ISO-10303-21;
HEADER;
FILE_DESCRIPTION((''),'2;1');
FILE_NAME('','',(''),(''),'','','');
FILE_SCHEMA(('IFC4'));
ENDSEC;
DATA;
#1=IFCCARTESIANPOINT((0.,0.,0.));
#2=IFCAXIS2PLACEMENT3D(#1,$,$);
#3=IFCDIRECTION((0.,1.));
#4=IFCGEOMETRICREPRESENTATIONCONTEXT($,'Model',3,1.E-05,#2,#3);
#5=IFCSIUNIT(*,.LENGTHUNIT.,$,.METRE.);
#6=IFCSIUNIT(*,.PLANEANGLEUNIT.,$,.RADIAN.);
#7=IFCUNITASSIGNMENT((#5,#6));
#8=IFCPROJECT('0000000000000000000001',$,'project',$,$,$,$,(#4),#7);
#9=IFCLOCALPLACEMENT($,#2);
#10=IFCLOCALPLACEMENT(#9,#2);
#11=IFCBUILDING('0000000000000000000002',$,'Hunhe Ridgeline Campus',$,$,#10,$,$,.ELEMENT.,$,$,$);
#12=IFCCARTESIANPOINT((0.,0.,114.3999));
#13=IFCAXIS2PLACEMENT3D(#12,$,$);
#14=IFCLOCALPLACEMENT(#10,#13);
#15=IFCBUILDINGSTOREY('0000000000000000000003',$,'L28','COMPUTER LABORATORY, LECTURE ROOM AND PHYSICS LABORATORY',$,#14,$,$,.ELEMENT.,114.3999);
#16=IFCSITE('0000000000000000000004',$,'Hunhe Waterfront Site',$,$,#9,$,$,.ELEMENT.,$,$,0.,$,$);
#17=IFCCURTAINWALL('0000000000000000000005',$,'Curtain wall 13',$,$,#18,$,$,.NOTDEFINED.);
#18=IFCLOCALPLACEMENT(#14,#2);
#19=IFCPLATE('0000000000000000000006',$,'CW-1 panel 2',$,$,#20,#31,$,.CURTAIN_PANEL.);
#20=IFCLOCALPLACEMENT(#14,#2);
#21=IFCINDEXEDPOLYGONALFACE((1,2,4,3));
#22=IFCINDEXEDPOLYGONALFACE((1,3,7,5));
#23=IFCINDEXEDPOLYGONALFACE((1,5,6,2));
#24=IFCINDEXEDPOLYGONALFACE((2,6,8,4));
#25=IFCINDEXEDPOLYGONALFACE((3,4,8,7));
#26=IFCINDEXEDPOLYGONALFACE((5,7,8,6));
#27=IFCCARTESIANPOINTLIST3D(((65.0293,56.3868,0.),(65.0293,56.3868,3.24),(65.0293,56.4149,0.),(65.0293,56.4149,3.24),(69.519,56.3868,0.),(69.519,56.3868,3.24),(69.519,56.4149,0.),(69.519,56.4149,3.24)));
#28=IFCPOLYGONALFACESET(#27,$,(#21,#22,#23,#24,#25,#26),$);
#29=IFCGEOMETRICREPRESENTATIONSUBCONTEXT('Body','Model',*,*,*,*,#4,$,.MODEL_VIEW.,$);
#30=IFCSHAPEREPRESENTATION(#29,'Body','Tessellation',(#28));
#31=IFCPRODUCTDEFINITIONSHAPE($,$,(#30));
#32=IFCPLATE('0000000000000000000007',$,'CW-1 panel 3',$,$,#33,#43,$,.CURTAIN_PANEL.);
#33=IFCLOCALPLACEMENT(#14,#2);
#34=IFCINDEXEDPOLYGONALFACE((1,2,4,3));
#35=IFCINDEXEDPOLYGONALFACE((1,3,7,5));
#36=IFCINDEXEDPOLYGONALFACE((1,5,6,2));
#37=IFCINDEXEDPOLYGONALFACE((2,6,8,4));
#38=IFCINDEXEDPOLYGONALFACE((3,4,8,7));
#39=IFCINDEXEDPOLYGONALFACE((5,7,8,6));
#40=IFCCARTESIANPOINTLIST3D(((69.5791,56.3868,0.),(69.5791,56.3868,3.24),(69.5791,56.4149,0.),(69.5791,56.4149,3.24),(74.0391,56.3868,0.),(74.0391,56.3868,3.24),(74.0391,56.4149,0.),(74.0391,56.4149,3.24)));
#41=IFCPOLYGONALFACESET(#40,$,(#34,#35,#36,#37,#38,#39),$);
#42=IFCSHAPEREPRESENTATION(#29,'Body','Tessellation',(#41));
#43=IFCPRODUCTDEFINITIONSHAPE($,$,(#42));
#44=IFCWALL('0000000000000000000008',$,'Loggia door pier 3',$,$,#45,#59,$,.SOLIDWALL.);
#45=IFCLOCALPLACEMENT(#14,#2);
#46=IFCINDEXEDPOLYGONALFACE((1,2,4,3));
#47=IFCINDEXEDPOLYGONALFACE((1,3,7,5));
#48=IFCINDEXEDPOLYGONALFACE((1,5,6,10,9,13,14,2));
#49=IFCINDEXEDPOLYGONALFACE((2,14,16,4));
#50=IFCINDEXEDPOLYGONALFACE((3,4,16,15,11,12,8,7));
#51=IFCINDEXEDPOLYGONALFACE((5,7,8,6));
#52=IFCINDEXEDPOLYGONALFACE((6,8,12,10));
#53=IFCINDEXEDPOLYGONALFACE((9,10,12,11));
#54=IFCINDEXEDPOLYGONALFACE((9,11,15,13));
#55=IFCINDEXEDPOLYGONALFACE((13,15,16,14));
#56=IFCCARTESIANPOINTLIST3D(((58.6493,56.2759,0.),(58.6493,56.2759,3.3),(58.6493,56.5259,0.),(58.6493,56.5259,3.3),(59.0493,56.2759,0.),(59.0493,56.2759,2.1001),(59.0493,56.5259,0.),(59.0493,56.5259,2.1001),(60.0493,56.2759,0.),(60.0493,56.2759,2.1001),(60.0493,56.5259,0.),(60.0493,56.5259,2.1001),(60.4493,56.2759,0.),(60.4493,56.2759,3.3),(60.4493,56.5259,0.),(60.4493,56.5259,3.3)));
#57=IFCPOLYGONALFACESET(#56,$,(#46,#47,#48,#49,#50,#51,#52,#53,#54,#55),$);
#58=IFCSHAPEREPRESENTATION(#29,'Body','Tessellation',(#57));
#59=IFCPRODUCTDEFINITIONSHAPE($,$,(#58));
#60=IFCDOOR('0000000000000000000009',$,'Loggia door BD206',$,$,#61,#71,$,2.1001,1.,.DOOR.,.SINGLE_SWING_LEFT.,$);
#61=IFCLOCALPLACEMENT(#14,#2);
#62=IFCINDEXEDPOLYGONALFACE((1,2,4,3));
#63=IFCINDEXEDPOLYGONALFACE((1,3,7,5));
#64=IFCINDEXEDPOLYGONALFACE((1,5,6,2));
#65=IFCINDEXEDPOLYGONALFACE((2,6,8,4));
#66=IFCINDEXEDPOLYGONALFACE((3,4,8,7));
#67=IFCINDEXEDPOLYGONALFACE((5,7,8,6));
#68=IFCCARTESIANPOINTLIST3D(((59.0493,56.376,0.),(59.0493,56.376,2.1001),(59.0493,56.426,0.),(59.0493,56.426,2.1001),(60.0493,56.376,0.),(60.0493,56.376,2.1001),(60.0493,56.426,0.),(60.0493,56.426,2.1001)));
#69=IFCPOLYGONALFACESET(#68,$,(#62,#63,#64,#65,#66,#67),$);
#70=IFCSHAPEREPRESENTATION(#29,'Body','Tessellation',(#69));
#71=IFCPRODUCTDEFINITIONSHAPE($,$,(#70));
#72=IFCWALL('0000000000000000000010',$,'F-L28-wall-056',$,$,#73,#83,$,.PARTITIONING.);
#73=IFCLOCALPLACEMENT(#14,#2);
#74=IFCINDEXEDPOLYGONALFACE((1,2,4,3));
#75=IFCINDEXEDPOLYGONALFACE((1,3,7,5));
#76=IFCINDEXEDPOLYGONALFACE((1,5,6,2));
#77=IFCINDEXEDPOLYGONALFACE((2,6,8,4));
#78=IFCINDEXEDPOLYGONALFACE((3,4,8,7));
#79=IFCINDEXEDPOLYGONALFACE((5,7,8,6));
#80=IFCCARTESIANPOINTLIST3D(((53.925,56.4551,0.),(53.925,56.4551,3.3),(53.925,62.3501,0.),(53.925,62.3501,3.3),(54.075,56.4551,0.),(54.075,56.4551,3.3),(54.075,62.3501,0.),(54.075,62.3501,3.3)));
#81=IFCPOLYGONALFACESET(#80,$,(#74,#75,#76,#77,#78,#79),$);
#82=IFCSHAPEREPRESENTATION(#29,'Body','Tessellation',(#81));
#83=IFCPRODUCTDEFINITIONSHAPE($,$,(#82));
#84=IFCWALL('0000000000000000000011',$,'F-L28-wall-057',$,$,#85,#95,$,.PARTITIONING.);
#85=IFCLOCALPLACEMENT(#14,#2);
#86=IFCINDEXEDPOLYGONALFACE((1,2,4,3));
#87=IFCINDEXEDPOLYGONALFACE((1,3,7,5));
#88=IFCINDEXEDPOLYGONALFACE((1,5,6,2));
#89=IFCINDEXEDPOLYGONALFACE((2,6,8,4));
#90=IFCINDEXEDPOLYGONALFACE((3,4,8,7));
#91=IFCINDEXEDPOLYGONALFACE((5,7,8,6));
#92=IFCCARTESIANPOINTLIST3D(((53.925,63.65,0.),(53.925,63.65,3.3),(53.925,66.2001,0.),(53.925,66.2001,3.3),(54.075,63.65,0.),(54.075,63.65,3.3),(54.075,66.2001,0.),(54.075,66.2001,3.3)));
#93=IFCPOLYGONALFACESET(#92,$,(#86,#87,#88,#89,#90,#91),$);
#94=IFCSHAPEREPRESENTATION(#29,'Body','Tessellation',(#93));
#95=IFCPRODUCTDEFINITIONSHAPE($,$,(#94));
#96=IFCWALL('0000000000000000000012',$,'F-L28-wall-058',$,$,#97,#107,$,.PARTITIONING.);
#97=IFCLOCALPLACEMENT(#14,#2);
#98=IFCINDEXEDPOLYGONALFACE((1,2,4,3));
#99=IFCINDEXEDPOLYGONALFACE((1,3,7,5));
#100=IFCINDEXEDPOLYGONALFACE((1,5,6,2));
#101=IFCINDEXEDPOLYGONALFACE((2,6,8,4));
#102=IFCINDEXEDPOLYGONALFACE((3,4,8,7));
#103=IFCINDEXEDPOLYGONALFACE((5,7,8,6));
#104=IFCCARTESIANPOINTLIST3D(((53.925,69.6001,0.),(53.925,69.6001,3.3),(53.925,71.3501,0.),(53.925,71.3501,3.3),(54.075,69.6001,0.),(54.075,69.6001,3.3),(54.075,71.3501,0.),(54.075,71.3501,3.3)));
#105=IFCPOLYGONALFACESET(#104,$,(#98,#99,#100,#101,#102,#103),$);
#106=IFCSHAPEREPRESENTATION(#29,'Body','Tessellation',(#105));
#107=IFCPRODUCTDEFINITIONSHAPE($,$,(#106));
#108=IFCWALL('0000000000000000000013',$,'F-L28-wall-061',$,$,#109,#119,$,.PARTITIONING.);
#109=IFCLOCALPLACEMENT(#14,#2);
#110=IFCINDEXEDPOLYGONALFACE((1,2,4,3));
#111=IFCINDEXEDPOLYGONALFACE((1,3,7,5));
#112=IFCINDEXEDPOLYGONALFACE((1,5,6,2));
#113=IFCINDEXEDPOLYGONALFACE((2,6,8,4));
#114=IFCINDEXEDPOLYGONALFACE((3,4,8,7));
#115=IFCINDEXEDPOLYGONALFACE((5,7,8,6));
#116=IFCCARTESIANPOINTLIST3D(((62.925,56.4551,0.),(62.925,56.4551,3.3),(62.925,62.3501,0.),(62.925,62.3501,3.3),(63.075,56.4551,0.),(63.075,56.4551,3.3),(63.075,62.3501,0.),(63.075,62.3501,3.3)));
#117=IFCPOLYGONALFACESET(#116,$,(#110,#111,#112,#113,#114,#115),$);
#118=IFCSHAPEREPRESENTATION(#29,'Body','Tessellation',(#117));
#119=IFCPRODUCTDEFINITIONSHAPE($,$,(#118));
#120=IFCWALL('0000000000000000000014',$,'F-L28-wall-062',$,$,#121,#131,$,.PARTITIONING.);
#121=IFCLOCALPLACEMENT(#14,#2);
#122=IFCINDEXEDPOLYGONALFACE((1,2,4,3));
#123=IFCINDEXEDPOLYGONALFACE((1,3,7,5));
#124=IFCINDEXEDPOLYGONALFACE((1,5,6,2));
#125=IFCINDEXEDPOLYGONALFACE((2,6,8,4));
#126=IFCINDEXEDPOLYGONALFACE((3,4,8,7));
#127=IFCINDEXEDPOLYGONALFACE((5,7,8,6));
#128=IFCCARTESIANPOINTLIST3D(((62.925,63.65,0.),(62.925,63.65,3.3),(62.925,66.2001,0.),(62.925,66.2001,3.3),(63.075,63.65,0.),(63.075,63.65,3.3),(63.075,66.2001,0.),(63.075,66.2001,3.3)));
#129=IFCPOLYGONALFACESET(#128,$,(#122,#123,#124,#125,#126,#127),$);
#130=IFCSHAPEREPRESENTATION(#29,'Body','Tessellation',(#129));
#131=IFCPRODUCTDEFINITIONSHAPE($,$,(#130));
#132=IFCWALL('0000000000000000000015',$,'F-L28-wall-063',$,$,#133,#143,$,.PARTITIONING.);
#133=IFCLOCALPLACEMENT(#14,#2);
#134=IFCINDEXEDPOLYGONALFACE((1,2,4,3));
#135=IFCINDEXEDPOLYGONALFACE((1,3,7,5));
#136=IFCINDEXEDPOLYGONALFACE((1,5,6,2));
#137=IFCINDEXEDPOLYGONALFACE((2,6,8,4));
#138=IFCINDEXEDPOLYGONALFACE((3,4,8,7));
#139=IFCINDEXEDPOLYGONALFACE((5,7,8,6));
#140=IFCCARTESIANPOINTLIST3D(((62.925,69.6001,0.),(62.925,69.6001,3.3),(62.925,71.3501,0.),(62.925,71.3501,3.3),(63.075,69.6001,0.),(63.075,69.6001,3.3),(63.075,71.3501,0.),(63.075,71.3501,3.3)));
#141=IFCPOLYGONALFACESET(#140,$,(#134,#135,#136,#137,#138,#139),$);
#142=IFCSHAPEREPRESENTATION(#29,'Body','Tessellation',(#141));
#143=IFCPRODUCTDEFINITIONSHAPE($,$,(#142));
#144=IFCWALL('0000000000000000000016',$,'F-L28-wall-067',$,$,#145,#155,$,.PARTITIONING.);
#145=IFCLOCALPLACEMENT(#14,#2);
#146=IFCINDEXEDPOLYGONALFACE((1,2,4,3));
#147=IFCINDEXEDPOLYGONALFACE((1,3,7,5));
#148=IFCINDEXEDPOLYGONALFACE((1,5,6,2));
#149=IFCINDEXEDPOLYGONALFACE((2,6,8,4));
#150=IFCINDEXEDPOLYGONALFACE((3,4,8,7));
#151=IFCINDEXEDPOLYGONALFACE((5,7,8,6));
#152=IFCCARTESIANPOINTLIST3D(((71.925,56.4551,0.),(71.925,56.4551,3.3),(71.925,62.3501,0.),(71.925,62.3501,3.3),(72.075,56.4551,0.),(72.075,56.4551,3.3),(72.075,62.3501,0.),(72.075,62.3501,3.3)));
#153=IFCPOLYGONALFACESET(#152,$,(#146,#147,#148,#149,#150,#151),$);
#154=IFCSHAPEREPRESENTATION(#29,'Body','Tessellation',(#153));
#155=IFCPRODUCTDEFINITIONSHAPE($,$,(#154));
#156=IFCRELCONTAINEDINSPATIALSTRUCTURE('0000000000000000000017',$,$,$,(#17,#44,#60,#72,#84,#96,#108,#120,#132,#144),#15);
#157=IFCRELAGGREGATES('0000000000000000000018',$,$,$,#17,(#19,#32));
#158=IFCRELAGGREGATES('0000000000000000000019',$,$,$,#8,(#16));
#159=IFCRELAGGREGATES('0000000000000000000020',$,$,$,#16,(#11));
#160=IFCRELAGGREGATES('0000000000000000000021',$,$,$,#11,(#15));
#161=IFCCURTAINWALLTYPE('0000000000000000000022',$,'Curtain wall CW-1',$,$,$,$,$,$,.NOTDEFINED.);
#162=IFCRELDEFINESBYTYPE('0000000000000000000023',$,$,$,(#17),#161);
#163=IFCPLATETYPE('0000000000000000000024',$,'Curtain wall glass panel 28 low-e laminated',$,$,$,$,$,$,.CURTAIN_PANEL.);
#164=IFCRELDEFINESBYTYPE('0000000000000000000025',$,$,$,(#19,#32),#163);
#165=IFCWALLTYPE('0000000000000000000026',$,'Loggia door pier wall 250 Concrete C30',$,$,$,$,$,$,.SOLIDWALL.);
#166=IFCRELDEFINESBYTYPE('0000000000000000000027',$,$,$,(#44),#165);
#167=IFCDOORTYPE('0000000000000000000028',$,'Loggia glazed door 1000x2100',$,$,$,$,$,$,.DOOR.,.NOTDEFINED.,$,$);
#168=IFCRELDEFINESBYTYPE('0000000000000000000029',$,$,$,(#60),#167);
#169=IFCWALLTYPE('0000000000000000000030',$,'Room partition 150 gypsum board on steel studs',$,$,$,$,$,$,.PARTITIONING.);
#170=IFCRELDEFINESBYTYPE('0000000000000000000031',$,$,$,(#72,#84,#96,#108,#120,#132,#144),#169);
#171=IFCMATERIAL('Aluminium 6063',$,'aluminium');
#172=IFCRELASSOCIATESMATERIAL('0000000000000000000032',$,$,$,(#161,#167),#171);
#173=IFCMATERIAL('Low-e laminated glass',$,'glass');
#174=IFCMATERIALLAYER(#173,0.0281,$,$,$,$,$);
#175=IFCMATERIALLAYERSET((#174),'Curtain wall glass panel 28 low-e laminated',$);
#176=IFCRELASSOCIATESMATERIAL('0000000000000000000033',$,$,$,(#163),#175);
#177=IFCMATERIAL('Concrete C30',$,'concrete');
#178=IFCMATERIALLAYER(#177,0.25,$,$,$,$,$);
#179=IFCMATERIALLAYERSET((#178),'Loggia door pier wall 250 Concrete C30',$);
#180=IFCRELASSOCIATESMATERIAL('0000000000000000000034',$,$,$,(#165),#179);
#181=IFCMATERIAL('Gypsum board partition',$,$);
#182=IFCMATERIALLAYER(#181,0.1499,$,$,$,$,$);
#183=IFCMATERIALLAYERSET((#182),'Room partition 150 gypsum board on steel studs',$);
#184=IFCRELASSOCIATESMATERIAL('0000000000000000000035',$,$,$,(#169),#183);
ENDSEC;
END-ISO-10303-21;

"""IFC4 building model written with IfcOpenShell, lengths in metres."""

from ifc_helpers import new_model, si_unit, direction, frame, frame_2d, origin, origin_2d, place, context, subcontext, project, spatial, rectangle, extrude, material, layer, layer_set, type_object, element, fill, aggregate, save


model = new_model("IFC4")

# Units and contexts
model_context = context("Model", 3, precision=1e-05, world=origin(), true_north=direction((0.0, 1.0)))
body_context = subcontext(model_context, "Body", "Model", "MODEL_VIEW")
ifc_project = project(units=[si_unit("LENGTHUNIT", "METRE"), si_unit("PLANEANGLEUNIT", "RADIAN")], contexts=[model_context])

# Site, building, storey
site_placement = place(None, origin())
site = spatial("IfcSite", under=ifc_project, at=site_placement, Name="Hunhe Waterfront Site", CompositionType="ELEMENT", RefElevation=0.0)
building_placement = place(site_placement, origin())
building = spatial("IfcBuilding", under=site, at=building_placement, Name="Hunhe Ridgeline Campus", CompositionType="ELEMENT")
storey_placement = place(building_placement, frame((0.0, 0.0, 114.3999)))
storey = spatial("IfcBuildingStorey", under=building, at=storey_placement, Name="L28", Description="COMPUTER LABORATORY, LECTURE ROOM AND PHYSICS LABORATORY", CompositionType="ELEMENT", Elevation=114.3999)

# Curtain wall
ifc_material_1 = material(Name="Aluminium 6063", Category="aluminium")
curtain_wall_type = type_object("IfcCurtainWallType", Name="Curtain wall CW-1", PredefinedType="NOTDEFINED", material=ifc_material_1)
curtain_wall_1_placement = place(storey_placement, origin())
curtain_wall_1 = element("IfcCurtainWall", 1, at=curtain_wall_1_placement, inside=storey, type_object=curtain_wall_type, Name="Curtain wall 13", PredefinedType="NOTDEFINED")

# Plates
ifc_material_2 = material(Name="Low-e laminated glass", Category="glass")
ifc_layer_1 = layer(ifc_material_2, 0.0281)
ifc_layer_set_1 = layer_set([ifc_layer_1], Name="Curtain wall glass panel 28 low-e laminated")
plate_type = type_object("IfcPlateType", Name="Curtain wall glass panel 28 low-e laminated", PredefinedType="CURTAIN_PANEL", material=ifc_layer_set_1)
plate_1_placement = place(storey_placement, frame((67.2742, 56.4009, 0.0), z_axis=(0.0, 0.0, 1.0), x_axis=(1.0, 0.0, 0.0)))
plate_1 = element("IfcPlate", 2, at=plate_1_placement, type_object=plate_type, Name="CW-1 panel 2", PredefinedType="CURTAIN_PANEL", context=body_context, shape_type="SweptSolid", body=[
    extrude(rectangle(XDim=4.4897, YDim=0.0281, at=origin_2d()), origin(), (0.0, 0.0, 1.0), 3.24),
])
plate_2_placement = place(storey_placement, frame((71.8091, 56.4009, 0.0), z_axis=(0.0, 0.0, 1.0), x_axis=(1.0, 0.0, 0.0)))
plate_2 = element("IfcPlate", 3, at=plate_2_placement, type_object=plate_type, Name="CW-1 panel 3", PredefinedType="CURTAIN_PANEL", context=body_context, shape_type="SweptSolid", body=[
    extrude(rectangle(XDim=4.46, YDim=0.0281, at=origin_2d()), origin(), (0.0, 0.0, 1.0), 3.24),
])
aggregate(curtain_wall_1, [plate_1, plate_2])

# Wall, opening, door
ifc_material_3 = material(Name="Concrete C30", Category="concrete")
ifc_layer_2 = layer(ifc_material_3, 0.25)
ifc_layer_set_2 = layer_set([ifc_layer_2], Name="Loggia door pier wall 250 Concrete C30")
wall_type_1 = type_object("IfcWallType", Name="Loggia door pier wall 250 Concrete C30", PredefinedType="SOLIDWALL", material=ifc_layer_set_2)
wall_1_placement = place(storey_placement, frame((58.6494, 56.4009, 0.0), z_axis=(0.0, 0.0, 1.0), x_axis=(1.0, 0.0, 0.0)))
wall_1 = element("IfcWall", 4, at=wall_1_placement, inside=storey, type_object=wall_type_1, Name="Loggia door pier 3", PredefinedType="SOLIDWALL", context=body_context, shape_type="SweptSolid", body=[
    extrude(rectangle(XDim=1.8, YDim=0.25, at=frame_2d((0.8999, 0.0))), origin(), (0.0, 0.0, 1.0), 3.3),
])
opening_placement = place(wall_1_placement, frame((0.3999, 0.0, 0.0)))
opening = element("IfcOpeningElement", 5, at=opening_placement, cuts=wall_1, PredefinedType="OPENING", context=body_context, shape_type="SweptSolid", body=[
    extrude(rectangle(XDim=1.0, YDim=2.1001, at=frame_2d((0.5, 1.05))), frame((0.0, 0.125, 0.0), z_axis=(0.0, -1.0, 0.0), x_axis=(1.0, 0.0, 0.0)), (0.0, 0.0, 1.0), 0.25),
])
door_type = type_object("IfcDoorType", Name="Loggia glazed door 1000x2100", OperationType="NOTDEFINED", PredefinedType="DOOR", material=ifc_material_1)
door_placement = place(opening_placement, frame((1.0, 0.0, 0.0), z_axis=(0.0, 0.0, 1.0), x_axis=(-1.0, 0.0, 0.0)))
door = element("IfcDoor", 6, at=door_placement, inside=storey, type_object=door_type, Name="Loggia door BD206", OperationType="SINGLE_SWING_LEFT", OverallHeight=2.1001, OverallWidth=1.0, PredefinedType="DOOR", context=body_context, shape_type="SweptSolid", body=[
    extrude(rectangle(XDim=1.0, YDim=2.1001, at=frame_2d((0.5, 1.05))), frame((0.0, 0.0249, 0.0), z_axis=(0.0, -1.0, 0.0), x_axis=(1.0, 0.0, 0.0)), (0.0, 0.0, 1.0), 0.05),
])
fill(opening, door)

# Walls
ifc_material_4 = material(Name="Gypsum board partition")
ifc_layer_3 = layer(ifc_material_4, 0.1499)
ifc_layer_set_3 = layer_set([ifc_layer_3], Name="Room partition 150 gypsum board on steel studs")
wall_type_2 = type_object("IfcWallType", Name="Room partition 150 gypsum board on steel studs", PredefinedType="PARTITIONING", material=ifc_layer_set_3)
wall_2_placement = place(storey_placement, frame((54.0, 62.3501, 0.0), z_axis=(0.0, 0.0, 1.0), x_axis=(0.0, -1.0, 0.0)))
element("IfcWall", 7, at=wall_2_placement, inside=storey, type_object=wall_type_2, Name="F-L28-wall-056", PredefinedType="PARTITIONING", context=body_context, shape_type="SweptSolid", body=[
    extrude(rectangle(XDim=5.895, YDim=0.1499, at=frame_2d((2.9475, 0.0))), origin(), (0.0, 0.0, 1.0), 3.3),
])
wall_3_placement = place(storey_placement, frame((54.0, 66.2, 0.0), z_axis=(0.0, 0.0, 1.0), x_axis=(0.0, -1.0, 0.0)))
element("IfcWall", 8, at=wall_3_placement, inside=storey, type_object=wall_type_2, Name="F-L28-wall-057", PredefinedType="PARTITIONING", context=body_context, shape_type="SweptSolid", body=[
    extrude(rectangle(XDim=2.55, YDim=0.1499, at=frame_2d((1.2749, 0.0))), origin(), (0.0, 0.0, 1.0), 3.3),
])
wall_4_placement = place(storey_placement, frame((54.0, 71.3501, 0.0), z_axis=(0.0, 0.0, 1.0), x_axis=(0.0, -1.0, 0.0)))
element("IfcWall", 9, at=wall_4_placement, inside=storey, type_object=wall_type_2, Name="F-L28-wall-058", PredefinedType="PARTITIONING", context=body_context, shape_type="SweptSolid", body=[
    extrude(rectangle(XDim=1.75, YDim=0.1499, at=frame_2d((0.875, 0.0))), origin(), (0.0, 0.0, 1.0), 3.3),
])
wall_5_placement = place(storey_placement, frame((63.0, 62.3501, 0.0), z_axis=(0.0, 0.0, 1.0), x_axis=(0.0, -1.0, 0.0)))
element("IfcWall", 10, at=wall_5_placement, inside=storey, type_object=wall_type_2, Name="F-L28-wall-061", PredefinedType="PARTITIONING", context=body_context, shape_type="SweptSolid", body=[
    extrude(rectangle(XDim=5.895, YDim=0.1499, at=frame_2d((2.9475, 0.0))), origin(), (0.0, 0.0, 1.0), 3.3),
])
wall_6_placement = place(storey_placement, frame((63.0, 66.2, 0.0), z_axis=(0.0, 0.0, 1.0), x_axis=(0.0, -1.0, 0.0)))
element("IfcWall", 11, at=wall_6_placement, inside=storey, type_object=wall_type_2, Name="F-L28-wall-062", PredefinedType="PARTITIONING", context=body_context, shape_type="SweptSolid", body=[
    extrude(rectangle(XDim=2.55, YDim=0.1499, at=frame_2d((1.2749, 0.0))), origin(), (0.0, 0.0, 1.0), 3.3),
])
wall_7_placement = place(storey_placement, frame((63.0, 71.3501, 0.0), z_axis=(0.0, 0.0, 1.0), x_axis=(0.0, -1.0, 0.0)))
element("IfcWall", 12, at=wall_7_placement, inside=storey, type_object=wall_type_2, Name="F-L28-wall-063", PredefinedType="PARTITIONING", context=body_context, shape_type="SweptSolid", body=[
    extrude(rectangle(XDim=1.75, YDim=0.1499, at=frame_2d((0.875, 0.0))), origin(), (0.0, 0.0, 1.0), 3.3),
])
wall_8_placement = place(storey_placement, frame((72.0, 62.3501, 0.0), z_axis=(0.0, 0.0, 1.0), x_axis=(0.0, -1.0, 0.0)))
element("IfcWall", 13, at=wall_8_placement, inside=storey, type_object=wall_type_2, Name="F-L28-wall-067", PredefinedType="PARTITIONING", context=body_context, shape_type="SweptSolid", body=[
    extrude(rectangle(XDim=5.895, YDim=0.1499, at=frame_2d((2.9475, 0.0))), origin(), (0.0, 0.0, 1.0), 3.3),
])

save(model, "model.ifc")
